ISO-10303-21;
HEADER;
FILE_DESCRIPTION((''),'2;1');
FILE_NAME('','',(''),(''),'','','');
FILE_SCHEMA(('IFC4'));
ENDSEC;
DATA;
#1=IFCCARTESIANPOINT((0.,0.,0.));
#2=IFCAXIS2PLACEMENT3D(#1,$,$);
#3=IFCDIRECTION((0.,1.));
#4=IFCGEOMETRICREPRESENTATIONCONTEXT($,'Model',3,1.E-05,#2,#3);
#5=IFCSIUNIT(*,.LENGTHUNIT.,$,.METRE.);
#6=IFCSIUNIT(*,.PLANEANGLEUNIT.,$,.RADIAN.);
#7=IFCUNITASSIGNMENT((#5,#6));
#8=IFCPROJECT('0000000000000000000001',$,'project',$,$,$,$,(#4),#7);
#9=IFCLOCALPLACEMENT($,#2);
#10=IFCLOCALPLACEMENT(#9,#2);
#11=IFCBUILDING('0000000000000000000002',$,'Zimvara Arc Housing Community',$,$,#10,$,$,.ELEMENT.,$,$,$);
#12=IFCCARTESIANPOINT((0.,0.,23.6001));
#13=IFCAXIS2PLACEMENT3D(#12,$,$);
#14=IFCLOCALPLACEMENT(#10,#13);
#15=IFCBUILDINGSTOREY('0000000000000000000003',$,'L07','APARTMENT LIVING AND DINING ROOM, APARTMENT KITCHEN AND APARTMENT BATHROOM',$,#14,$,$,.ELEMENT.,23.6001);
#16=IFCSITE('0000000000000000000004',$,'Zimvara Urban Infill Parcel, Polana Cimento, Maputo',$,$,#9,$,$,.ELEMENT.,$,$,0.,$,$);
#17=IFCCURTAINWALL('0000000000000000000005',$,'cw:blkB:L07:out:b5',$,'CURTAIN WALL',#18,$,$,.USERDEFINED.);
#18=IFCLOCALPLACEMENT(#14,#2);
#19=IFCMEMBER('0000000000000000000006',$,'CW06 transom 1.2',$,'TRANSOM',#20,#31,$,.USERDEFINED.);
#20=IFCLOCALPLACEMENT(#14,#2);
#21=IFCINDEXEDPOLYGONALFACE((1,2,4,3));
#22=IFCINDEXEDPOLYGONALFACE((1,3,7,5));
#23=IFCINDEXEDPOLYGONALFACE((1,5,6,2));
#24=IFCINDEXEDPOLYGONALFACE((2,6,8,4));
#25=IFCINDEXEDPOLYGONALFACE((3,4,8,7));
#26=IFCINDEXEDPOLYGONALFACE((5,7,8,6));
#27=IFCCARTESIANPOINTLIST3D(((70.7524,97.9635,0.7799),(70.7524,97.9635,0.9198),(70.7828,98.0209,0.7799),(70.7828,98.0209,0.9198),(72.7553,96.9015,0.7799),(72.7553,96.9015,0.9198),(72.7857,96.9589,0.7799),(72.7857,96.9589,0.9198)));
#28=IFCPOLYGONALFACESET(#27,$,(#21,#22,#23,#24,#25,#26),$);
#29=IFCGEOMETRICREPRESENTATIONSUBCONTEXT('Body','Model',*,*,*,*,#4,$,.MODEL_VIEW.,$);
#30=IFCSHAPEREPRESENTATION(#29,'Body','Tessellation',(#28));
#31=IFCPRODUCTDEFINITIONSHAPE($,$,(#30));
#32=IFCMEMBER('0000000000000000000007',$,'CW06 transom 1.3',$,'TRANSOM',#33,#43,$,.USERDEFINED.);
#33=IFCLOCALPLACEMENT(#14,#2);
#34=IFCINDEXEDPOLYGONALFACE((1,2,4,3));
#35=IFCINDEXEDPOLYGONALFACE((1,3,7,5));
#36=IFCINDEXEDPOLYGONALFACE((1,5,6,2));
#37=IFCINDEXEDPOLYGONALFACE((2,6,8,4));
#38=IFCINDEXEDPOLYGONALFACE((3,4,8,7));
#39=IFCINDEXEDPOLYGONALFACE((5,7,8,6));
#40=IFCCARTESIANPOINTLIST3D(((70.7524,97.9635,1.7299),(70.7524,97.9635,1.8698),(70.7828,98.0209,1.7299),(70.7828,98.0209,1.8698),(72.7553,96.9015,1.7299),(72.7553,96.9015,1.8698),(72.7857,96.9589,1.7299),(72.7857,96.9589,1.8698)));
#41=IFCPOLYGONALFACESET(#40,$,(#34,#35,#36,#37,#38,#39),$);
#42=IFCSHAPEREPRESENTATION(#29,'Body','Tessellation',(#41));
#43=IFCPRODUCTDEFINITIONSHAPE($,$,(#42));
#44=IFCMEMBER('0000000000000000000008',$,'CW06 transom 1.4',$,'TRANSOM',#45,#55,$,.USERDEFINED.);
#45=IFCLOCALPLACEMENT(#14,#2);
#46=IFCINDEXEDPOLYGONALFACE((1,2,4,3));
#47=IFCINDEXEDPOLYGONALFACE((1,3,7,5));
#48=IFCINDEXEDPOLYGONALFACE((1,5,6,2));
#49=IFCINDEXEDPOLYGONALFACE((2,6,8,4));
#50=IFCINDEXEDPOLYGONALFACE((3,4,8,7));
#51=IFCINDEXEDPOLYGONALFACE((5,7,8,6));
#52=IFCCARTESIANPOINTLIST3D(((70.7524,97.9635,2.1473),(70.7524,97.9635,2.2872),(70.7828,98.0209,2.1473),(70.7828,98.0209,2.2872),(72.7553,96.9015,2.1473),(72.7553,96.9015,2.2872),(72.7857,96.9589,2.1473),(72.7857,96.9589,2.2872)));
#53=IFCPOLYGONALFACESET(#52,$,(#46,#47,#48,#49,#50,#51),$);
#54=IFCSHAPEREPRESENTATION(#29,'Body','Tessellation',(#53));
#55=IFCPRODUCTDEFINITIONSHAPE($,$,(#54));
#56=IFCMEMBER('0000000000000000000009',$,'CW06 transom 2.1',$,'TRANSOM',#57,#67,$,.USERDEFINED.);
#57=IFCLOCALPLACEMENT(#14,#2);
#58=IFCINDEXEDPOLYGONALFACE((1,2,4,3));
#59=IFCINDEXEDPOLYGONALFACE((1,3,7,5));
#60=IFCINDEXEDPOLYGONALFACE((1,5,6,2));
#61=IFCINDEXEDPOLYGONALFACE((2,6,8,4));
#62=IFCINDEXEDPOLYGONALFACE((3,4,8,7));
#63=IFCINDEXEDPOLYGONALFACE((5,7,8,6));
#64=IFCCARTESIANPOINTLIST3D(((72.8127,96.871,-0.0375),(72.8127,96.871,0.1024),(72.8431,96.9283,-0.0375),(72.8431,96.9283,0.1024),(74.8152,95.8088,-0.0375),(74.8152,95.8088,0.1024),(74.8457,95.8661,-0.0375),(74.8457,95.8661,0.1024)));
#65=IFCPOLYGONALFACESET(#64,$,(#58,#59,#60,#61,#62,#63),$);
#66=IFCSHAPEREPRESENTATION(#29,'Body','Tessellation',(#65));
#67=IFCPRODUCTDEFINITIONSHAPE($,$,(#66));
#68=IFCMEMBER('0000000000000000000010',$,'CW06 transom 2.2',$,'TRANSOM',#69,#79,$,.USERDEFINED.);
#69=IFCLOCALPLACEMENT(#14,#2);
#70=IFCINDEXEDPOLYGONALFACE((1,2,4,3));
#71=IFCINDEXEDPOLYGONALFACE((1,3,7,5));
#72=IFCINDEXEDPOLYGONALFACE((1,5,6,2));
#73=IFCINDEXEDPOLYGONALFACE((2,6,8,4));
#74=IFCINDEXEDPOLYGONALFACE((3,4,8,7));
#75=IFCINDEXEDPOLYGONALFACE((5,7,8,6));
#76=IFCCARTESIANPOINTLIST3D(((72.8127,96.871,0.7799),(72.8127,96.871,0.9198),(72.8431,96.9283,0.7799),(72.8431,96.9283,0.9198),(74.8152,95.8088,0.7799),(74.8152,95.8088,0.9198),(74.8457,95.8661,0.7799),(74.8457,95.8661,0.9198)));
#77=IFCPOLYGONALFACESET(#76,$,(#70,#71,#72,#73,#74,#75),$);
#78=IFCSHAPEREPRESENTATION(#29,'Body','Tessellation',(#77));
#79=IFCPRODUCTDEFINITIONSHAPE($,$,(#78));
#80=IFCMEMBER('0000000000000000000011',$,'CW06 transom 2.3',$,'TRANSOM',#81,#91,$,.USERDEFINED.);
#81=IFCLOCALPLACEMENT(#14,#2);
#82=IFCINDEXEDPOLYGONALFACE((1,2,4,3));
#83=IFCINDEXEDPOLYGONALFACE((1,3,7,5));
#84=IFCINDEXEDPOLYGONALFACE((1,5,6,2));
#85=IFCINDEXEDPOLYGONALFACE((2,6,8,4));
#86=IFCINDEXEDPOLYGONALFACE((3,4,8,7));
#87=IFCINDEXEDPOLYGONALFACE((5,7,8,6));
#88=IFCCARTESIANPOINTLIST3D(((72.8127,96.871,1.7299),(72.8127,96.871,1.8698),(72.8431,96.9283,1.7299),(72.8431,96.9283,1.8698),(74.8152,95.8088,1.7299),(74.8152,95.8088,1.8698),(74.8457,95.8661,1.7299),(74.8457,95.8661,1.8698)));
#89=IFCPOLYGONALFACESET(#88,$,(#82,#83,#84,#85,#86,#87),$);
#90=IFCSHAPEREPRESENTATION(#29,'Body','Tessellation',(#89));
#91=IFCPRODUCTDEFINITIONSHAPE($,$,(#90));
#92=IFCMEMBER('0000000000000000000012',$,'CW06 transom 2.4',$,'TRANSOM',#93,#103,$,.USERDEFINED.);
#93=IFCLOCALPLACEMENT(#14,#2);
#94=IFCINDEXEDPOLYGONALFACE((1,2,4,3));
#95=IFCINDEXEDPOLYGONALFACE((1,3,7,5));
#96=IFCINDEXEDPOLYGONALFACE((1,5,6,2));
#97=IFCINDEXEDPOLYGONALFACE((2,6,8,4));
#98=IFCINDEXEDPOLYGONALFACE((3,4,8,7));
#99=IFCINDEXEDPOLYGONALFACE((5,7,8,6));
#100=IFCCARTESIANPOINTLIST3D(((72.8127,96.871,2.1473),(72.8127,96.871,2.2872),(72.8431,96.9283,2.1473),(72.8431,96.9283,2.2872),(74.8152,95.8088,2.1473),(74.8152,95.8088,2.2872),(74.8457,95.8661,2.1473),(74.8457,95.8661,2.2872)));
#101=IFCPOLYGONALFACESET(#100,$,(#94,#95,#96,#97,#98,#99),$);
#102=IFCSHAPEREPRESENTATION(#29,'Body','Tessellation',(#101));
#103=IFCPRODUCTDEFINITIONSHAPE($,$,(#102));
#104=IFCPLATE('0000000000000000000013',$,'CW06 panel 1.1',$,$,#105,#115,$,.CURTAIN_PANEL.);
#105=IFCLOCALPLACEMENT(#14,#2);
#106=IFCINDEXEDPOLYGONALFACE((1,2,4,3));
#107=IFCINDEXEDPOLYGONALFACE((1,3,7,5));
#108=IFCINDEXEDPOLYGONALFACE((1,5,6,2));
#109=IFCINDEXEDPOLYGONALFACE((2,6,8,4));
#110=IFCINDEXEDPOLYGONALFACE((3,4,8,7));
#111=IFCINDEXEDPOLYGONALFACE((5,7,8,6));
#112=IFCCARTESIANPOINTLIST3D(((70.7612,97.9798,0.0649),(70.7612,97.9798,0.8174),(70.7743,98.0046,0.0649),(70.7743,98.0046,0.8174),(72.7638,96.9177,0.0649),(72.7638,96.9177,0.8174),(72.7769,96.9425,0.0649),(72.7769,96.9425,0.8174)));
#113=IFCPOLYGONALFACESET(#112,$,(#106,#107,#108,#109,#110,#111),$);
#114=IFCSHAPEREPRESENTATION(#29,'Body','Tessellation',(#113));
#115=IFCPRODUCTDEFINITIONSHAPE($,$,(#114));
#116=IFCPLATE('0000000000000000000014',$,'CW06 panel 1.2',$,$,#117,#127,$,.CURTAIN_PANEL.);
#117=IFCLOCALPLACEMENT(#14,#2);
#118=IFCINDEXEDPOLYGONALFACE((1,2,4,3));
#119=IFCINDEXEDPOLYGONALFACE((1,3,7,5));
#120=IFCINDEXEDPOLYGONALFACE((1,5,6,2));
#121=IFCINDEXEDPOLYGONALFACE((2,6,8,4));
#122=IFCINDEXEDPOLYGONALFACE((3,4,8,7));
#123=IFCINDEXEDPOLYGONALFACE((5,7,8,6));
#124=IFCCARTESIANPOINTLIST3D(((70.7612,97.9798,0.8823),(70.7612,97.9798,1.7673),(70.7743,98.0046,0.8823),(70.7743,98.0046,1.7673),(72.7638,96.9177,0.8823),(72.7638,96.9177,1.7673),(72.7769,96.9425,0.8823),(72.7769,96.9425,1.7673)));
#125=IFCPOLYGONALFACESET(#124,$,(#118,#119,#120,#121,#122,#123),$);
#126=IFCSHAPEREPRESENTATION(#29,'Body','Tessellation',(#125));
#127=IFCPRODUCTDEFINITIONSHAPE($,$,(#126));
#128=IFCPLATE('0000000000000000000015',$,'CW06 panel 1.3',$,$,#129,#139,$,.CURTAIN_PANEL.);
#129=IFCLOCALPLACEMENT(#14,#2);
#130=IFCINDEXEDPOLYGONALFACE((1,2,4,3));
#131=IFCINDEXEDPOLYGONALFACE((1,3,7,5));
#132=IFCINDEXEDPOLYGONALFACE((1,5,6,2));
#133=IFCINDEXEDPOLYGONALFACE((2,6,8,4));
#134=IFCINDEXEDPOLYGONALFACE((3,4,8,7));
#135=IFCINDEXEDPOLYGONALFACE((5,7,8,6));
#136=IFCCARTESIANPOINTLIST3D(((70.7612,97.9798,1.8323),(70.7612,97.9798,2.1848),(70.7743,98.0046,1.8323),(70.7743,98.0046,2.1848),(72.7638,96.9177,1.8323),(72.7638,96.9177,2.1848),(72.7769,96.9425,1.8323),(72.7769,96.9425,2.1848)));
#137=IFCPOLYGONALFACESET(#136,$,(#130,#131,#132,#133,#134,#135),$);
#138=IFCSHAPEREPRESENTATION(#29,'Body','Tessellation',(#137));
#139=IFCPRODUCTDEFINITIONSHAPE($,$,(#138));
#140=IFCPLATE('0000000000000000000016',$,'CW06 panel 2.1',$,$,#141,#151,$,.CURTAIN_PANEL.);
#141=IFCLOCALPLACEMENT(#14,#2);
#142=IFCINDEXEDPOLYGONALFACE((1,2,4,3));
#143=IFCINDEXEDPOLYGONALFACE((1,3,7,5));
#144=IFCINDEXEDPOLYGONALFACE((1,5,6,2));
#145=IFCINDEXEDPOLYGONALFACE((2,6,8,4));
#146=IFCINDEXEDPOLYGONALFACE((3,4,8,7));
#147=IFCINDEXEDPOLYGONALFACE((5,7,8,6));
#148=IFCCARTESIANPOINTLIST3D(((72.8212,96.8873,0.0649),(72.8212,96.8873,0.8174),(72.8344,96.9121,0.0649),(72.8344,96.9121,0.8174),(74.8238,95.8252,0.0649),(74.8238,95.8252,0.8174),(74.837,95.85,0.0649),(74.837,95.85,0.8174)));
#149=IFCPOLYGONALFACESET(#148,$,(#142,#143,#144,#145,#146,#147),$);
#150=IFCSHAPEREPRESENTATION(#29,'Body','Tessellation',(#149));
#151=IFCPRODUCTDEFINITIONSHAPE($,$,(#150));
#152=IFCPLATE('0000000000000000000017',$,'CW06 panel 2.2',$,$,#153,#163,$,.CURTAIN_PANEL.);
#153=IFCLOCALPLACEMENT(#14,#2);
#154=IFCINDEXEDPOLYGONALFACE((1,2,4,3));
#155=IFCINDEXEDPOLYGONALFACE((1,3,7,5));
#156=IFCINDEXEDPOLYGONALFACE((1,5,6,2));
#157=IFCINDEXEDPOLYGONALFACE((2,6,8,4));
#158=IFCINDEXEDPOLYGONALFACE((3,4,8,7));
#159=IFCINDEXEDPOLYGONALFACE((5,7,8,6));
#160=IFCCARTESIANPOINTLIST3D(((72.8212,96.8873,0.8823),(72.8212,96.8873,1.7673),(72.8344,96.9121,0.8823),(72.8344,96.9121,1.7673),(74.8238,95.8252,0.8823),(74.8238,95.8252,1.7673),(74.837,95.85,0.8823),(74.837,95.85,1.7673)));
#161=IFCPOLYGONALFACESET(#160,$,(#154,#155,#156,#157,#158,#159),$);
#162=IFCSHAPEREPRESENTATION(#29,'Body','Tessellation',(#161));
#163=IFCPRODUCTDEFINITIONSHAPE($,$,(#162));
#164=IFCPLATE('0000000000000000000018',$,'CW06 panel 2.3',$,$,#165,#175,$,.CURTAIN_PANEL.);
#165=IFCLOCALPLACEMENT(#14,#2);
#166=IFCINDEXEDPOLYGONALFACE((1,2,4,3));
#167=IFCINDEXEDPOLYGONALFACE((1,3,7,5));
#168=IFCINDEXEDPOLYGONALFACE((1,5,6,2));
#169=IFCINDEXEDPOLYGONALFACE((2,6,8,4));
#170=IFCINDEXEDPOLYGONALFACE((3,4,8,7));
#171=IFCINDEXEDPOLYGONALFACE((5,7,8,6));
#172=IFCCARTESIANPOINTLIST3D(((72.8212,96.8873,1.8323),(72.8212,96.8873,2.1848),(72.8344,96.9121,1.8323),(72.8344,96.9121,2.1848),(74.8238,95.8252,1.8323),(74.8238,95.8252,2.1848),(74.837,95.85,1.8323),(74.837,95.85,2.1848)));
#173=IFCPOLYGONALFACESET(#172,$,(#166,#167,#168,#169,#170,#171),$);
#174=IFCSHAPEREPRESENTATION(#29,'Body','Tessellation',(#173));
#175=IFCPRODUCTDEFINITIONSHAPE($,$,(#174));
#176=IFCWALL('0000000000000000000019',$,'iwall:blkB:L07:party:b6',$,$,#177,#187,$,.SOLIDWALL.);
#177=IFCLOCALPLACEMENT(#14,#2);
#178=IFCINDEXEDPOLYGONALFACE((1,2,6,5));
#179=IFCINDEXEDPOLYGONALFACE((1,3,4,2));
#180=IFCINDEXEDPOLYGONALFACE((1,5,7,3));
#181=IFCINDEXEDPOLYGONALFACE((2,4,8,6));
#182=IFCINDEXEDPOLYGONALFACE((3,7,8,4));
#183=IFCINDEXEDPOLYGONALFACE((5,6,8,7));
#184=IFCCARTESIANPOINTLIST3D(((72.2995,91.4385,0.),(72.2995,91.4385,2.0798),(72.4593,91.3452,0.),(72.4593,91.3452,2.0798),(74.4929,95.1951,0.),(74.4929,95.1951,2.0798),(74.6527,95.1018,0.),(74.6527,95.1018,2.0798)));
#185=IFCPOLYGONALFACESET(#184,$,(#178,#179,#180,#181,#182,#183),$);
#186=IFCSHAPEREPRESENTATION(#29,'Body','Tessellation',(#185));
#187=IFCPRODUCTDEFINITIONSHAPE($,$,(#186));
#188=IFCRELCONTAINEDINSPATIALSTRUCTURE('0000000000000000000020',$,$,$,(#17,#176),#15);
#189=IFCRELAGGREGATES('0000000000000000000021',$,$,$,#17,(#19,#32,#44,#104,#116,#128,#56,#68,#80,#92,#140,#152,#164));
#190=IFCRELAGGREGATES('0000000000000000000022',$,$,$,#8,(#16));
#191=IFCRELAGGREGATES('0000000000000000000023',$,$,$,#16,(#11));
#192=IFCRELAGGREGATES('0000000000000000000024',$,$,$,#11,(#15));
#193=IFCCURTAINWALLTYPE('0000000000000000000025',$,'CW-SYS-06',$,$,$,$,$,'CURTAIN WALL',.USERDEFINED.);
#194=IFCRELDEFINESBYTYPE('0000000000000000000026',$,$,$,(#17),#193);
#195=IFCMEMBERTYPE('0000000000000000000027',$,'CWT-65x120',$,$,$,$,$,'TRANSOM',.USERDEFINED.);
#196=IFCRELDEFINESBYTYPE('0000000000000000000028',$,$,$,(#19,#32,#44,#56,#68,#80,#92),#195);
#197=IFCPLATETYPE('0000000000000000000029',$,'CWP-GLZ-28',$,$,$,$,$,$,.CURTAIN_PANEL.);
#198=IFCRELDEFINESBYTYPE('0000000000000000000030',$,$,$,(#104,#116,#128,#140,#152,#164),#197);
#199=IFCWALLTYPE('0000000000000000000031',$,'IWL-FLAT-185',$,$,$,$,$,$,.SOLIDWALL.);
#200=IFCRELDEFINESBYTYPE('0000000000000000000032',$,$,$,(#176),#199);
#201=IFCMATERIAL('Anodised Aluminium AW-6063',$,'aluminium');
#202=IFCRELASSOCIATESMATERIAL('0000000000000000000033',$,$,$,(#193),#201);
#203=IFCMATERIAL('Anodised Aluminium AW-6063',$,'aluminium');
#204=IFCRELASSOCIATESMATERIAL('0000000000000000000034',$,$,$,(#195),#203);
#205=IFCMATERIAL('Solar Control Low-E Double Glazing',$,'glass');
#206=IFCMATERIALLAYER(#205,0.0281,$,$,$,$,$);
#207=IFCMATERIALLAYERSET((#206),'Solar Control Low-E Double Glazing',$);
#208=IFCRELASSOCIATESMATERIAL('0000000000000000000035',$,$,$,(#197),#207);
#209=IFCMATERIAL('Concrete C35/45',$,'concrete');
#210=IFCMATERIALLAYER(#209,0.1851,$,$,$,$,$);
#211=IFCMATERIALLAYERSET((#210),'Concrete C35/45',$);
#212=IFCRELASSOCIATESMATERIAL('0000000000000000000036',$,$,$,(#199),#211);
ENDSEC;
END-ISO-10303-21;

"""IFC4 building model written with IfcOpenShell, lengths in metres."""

from ifc_helpers import new_model, si_unit, direction, frame, frame_2d, origin, origin_2d, place, context, subcontext, project, spatial, rectangle, extrude, material, layer, layer_set, material_profile, profile_set, type_object, element, aggregate, save


model = new_model("IFC4")

# Units and contexts
model_context = context("Model", 3, precision=1e-05, world=origin(), true_north=direction((0.0, 1.0)))
body_context = subcontext(model_context, "Body", "Model", "MODEL_VIEW")
ifc_project = project(units=[si_unit("LENGTHUNIT", "METRE"), si_unit("PLANEANGLEUNIT", "RADIAN")], contexts=[model_context])

# Site, building, storey
site_placement = place(None, origin())
site = spatial("IfcSite", under=ifc_project, at=site_placement, Name="Zimvara Urban Infill Parcel, Polana Cimento, Maputo", CompositionType="ELEMENT", RefElevation=0.0)
building_placement = place(site_placement, origin())
building = spatial("IfcBuilding", under=site, at=building_placement, Name="Zimvara Arc Housing Community", CompositionType="ELEMENT")
storey_placement = place(building_placement, frame((0.0, 0.0, 23.6001)))
storey = spatial("IfcBuildingStorey", under=building, at=storey_placement, Name="L07", Description="APARTMENT LIVING AND DINING ROOM, APARTMENT KITCHEN AND APARTMENT BATHROOM", CompositionType="ELEMENT", Elevation=23.6001)

# Curtain wall
ifc_material_1 = material(Name="Anodised Aluminium AW-6063", Category="aluminium")
curtain_wall_type_1 = type_object("IfcCurtainWallType", Name="CW-SYS-06", ElementType="CURTAIN WALL", PredefinedType="USERDEFINED", material=ifc_material_1)
curtain_wall_1_placement = place(storey_placement, origin())
curtain_wall_1 = element("IfcCurtainWall", 1, at=curtain_wall_1_placement, inside=storey, type_object=curtain_wall_type_1, Name="cw:blkB:L07:out:b5", ObjectType="CURTAIN WALL", PredefinedType="USERDEFINED")

# Members
ifc_material_2 = material(Name="Anodised Aluminium AW-6063", Category="aluminium")
ifc_material_profile_1 = material_profile(ifc_material_2, rectangle(XDim=0.0649, YDim=0.1399, at=origin_2d()), Name="ALU 65x140")
ifc_profile_set_1 = profile_set([ifc_material_profile_1], Name="Anodised Aluminium AW-6063")
member_type_1 = type_object("IfcMemberType", Name="CWT-65x120", ElementType="TRANSOM", PredefinedType="USERDEFINED", material=ifc_profile_set_1)
member_1_placement = place(storey_placement, frame((70.7676, 97.9922, 0.8499), z_axis=(0.883489, -0.468452, 0.0), x_axis=(0.468452, 0.883489, 0.0)))
member_1 = element("IfcMember", 2, at=member_1_placement, type_object=member_type_1, Name="CW06 transom 1.2", ObjectType="TRANSOM", PredefinedType="USERDEFINED", context=body_context, shape_type="SweptSolid", body=[
    extrude(rectangle(XDim=0.0649, YDim=0.1399, at=origin_2d()), origin(), (0.0, 0.0, 1.0), 2.2671),
])
member_2_placement = place(storey_placement, frame((70.7676, 97.9922, 1.7998), z_axis=(0.883489, -0.468452, 0.0), x_axis=(0.468452, 0.883489, 0.0)))
member_2 = element("IfcMember", 3, at=member_2_placement, type_object=member_type_1, Name="CW06 transom 1.3", ObjectType="TRANSOM", PredefinedType="USERDEFINED", context=body_context, shape_type="SweptSolid", body=[
    extrude(rectangle(XDim=0.0649, YDim=0.1399, at=origin_2d()), origin(), (0.0, 0.0, 1.0), 2.2671),
])
member_3_placement = place(storey_placement, frame((70.7676, 97.9922, 2.2173), z_axis=(0.883489, -0.468452, 0.0), x_axis=(0.468452, 0.883489, 0.0)))
member_3 = element("IfcMember", 4, at=member_3_placement, type_object=member_type_1, Name="CW06 transom 1.4", ObjectType="TRANSOM", PredefinedType="USERDEFINED", context=body_context, shape_type="SweptSolid", body=[
    extrude(rectangle(XDim=0.0649, YDim=0.1399, at=origin_2d()), origin(), (0.0, 0.0, 1.0), 2.2671),
])
member_4_placement = place(storey_placement, frame((72.8279, 96.8997, 0.0325), z_axis=(0.883421, -0.46858, 0.0), x_axis=(0.46858, 0.883421, 0.0)))
member_4 = element("IfcMember", 5, at=member_4_placement, type_object=member_type_1, Name="CW06 transom 2.1", ObjectType="TRANSOM", PredefinedType="USERDEFINED", context=body_context, shape_type="SweptSolid", body=[
    extrude(rectangle(XDim=0.0649, YDim=0.1399, at=origin_2d()), origin(), (0.0, 0.0, 1.0), 2.2668),
])
member_5_placement = place(storey_placement, frame((72.8279, 96.8997, 0.8499), z_axis=(0.883421, -0.46858, 0.0), x_axis=(0.46858, 0.883421, 0.0)))
member_5 = element("IfcMember", 6, at=member_5_placement, type_object=member_type_1, Name="CW06 transom 2.2", ObjectType="TRANSOM", PredefinedType="USERDEFINED", context=body_context, shape_type="SweptSolid", body=[
    extrude(rectangle(XDim=0.0649, YDim=0.1399, at=origin_2d()), origin(), (0.0, 0.0, 1.0), 2.2668),
])
member_6_placement = place(storey_placement, frame((72.8279, 96.8997, 1.7998), z_axis=(0.883421, -0.46858, 0.0), x_axis=(0.46858, 0.883421, 0.0)))
member_6 = element("IfcMember", 7, at=member_6_placement, type_object=member_type_1, Name="CW06 transom 2.3", ObjectType="TRANSOM", PredefinedType="USERDEFINED", context=body_context, shape_type="SweptSolid", body=[
    extrude(rectangle(XDim=0.0649, YDim=0.1399, at=origin_2d()), origin(), (0.0, 0.0, 1.0), 2.2668),
])
member_7_placement = place(storey_placement, frame((72.8279, 96.8997, 2.2173), z_axis=(0.883421, -0.46858, 0.0), x_axis=(0.46858, 0.883421, 0.0)))
member_7 = element("IfcMember", 8, at=member_7_placement, type_object=member_type_1, Name="CW06 transom 2.4", ObjectType="TRANSOM", PredefinedType="USERDEFINED", context=body_context, shape_type="SweptSolid", body=[
    extrude(rectangle(XDim=0.0649, YDim=0.1399, at=origin_2d()), origin(), (0.0, 0.0, 1.0), 2.2668),
])

# Plates
ifc_material_3 = material(Name="Solar Control Low-E Double Glazing", Category="glass")
ifc_layer_1 = layer(ifc_material_3, 0.0281)
ifc_layer_set_1 = layer_set([ifc_layer_1], Name="Solar Control Low-E Double Glazing")
plate_type = type_object("IfcPlateType", Name="CWP-GLZ-28", PredefinedType="CURTAIN_PANEL", material=ifc_layer_set_1)
plate_1_placement = place(storey_placement, frame((71.769, 97.4612, 0.0649), z_axis=(0.0, 0.0, 1.0), x_axis=(0.883439, -0.468547, 0.0)))
plate_1 = element("IfcPlate", 9, at=plate_1_placement, type_object=plate_type, Name="CW06 panel 1.1", PredefinedType="CURTAIN_PANEL", context=body_context, shape_type="SweptSolid", body=[
    extrude(rectangle(XDim=2.2668, YDim=0.0281, at=origin_2d()), origin(), (0.0, 0.0, 1.0), 0.7524),
])
plate_2_placement = place(storey_placement, frame((71.769, 97.4612, 0.8823), z_axis=(0.0, 0.0, 1.0), x_axis=(0.883439, -0.468547, 0.0)))
plate_2 = element("IfcPlate", 10, at=plate_2_placement, type_object=plate_type, Name="CW06 panel 1.2", PredefinedType="CURTAIN_PANEL", context=body_context, shape_type="SweptSolid", body=[
    extrude(rectangle(XDim=2.2668, YDim=0.0281, at=origin_2d()), origin(), (0.0, 0.0, 1.0), 0.885),
])
plate_3_placement = place(storey_placement, frame((71.769, 97.4612, 1.8323), z_axis=(0.0, 0.0, 1.0), x_axis=(0.883439, -0.468547, 0.0)))
plate_3 = element("IfcPlate", 11, at=plate_3_placement, type_object=plate_type, Name="CW06 panel 1.3", PredefinedType="CURTAIN_PANEL", context=body_context, shape_type="SweptSolid", body=[
    extrude(rectangle(XDim=2.2668, YDim=0.0281, at=origin_2d()), origin(), (0.0, 0.0, 1.0), 0.3525),
])
plate_4_placement = place(storey_placement, frame((73.8291, 96.3687, 0.0649), z_axis=(0.0, 0.0, 1.0), x_axis=(0.883439, -0.468547, 0.0)))
plate_4 = element("IfcPlate", 12, at=plate_4_placement, type_object=plate_type, Name="CW06 panel 2.1", PredefinedType="CURTAIN_PANEL", context=body_context, shape_type="SweptSolid", body=[
    extrude(rectangle(XDim=2.2668, YDim=0.0281, at=origin_2d()), origin(), (0.0, 0.0, 1.0), 0.7524),
])
plate_5_placement = place(storey_placement, frame((73.8291, 96.3687, 0.8823), z_axis=(0.0, 0.0, 1.0), x_axis=(0.883439, -0.468547, 0.0)))
plate_5 = element("IfcPlate", 13, at=plate_5_placement, type_object=plate_type, Name="CW06 panel 2.2", PredefinedType="CURTAIN_PANEL", context=body_context, shape_type="SweptSolid", body=[
    extrude(rectangle(XDim=2.2668, YDim=0.0281, at=origin_2d()), origin(), (0.0, 0.0, 1.0), 0.885),
])
plate_6_placement = place(storey_placement, frame((73.8291, 96.3687, 1.8323), z_axis=(0.0, 0.0, 1.0), x_axis=(0.883439, -0.468547, 0.0)))
plate_6 = element("IfcPlate", 14, at=plate_6_placement, type_object=plate_type, Name="CW06 panel 2.3", PredefinedType="CURTAIN_PANEL", context=body_context, shape_type="SweptSolid", body=[
    extrude(rectangle(XDim=2.2668, YDim=0.0281, at=origin_2d()), origin(), (0.0, 0.0, 1.0), 0.3525),
])
aggregate(curtain_wall_1, [member_1, member_2, member_3, plate_1, plate_2, plate_3, member_4, member_5, member_6, member_7, plate_4, plate_5, plate_6])

# Wall
ifc_material_4 = material(Name="Concrete C35/45", Category="concrete")
ifc_layer_2 = layer(ifc_material_4, 0.1851)
ifc_layer_set_2 = layer_set([ifc_layer_2], Name="Concrete C35/45")
wall_type_1 = type_object("IfcWallType", Name="IWL-FLAT-185", PredefinedType="SOLIDWALL", material=ifc_layer_set_2)
wall_1_placement = place(storey_placement, frame((72.3794, 91.3918, 0.0), z_axis=(0.0, 0.0, 1.0), x_axis=(0.504216, 0.863577, 0.0)))
element("IfcWall", 15, at=wall_1_placement, inside=storey, type_object=wall_type_1, Name="iwall:blkB:L07:party:b6", PredefinedType="SOLIDWALL", context=body_context, shape_type="SweptSolid", body=[
    extrude(rectangle(XDim=4.3501, YDim=0.1851, at=frame_2d((2.175, 0.0))), origin(), (0.0, 0.0, 1.0), 2.0798),
])

save(model, "model.ifc")
